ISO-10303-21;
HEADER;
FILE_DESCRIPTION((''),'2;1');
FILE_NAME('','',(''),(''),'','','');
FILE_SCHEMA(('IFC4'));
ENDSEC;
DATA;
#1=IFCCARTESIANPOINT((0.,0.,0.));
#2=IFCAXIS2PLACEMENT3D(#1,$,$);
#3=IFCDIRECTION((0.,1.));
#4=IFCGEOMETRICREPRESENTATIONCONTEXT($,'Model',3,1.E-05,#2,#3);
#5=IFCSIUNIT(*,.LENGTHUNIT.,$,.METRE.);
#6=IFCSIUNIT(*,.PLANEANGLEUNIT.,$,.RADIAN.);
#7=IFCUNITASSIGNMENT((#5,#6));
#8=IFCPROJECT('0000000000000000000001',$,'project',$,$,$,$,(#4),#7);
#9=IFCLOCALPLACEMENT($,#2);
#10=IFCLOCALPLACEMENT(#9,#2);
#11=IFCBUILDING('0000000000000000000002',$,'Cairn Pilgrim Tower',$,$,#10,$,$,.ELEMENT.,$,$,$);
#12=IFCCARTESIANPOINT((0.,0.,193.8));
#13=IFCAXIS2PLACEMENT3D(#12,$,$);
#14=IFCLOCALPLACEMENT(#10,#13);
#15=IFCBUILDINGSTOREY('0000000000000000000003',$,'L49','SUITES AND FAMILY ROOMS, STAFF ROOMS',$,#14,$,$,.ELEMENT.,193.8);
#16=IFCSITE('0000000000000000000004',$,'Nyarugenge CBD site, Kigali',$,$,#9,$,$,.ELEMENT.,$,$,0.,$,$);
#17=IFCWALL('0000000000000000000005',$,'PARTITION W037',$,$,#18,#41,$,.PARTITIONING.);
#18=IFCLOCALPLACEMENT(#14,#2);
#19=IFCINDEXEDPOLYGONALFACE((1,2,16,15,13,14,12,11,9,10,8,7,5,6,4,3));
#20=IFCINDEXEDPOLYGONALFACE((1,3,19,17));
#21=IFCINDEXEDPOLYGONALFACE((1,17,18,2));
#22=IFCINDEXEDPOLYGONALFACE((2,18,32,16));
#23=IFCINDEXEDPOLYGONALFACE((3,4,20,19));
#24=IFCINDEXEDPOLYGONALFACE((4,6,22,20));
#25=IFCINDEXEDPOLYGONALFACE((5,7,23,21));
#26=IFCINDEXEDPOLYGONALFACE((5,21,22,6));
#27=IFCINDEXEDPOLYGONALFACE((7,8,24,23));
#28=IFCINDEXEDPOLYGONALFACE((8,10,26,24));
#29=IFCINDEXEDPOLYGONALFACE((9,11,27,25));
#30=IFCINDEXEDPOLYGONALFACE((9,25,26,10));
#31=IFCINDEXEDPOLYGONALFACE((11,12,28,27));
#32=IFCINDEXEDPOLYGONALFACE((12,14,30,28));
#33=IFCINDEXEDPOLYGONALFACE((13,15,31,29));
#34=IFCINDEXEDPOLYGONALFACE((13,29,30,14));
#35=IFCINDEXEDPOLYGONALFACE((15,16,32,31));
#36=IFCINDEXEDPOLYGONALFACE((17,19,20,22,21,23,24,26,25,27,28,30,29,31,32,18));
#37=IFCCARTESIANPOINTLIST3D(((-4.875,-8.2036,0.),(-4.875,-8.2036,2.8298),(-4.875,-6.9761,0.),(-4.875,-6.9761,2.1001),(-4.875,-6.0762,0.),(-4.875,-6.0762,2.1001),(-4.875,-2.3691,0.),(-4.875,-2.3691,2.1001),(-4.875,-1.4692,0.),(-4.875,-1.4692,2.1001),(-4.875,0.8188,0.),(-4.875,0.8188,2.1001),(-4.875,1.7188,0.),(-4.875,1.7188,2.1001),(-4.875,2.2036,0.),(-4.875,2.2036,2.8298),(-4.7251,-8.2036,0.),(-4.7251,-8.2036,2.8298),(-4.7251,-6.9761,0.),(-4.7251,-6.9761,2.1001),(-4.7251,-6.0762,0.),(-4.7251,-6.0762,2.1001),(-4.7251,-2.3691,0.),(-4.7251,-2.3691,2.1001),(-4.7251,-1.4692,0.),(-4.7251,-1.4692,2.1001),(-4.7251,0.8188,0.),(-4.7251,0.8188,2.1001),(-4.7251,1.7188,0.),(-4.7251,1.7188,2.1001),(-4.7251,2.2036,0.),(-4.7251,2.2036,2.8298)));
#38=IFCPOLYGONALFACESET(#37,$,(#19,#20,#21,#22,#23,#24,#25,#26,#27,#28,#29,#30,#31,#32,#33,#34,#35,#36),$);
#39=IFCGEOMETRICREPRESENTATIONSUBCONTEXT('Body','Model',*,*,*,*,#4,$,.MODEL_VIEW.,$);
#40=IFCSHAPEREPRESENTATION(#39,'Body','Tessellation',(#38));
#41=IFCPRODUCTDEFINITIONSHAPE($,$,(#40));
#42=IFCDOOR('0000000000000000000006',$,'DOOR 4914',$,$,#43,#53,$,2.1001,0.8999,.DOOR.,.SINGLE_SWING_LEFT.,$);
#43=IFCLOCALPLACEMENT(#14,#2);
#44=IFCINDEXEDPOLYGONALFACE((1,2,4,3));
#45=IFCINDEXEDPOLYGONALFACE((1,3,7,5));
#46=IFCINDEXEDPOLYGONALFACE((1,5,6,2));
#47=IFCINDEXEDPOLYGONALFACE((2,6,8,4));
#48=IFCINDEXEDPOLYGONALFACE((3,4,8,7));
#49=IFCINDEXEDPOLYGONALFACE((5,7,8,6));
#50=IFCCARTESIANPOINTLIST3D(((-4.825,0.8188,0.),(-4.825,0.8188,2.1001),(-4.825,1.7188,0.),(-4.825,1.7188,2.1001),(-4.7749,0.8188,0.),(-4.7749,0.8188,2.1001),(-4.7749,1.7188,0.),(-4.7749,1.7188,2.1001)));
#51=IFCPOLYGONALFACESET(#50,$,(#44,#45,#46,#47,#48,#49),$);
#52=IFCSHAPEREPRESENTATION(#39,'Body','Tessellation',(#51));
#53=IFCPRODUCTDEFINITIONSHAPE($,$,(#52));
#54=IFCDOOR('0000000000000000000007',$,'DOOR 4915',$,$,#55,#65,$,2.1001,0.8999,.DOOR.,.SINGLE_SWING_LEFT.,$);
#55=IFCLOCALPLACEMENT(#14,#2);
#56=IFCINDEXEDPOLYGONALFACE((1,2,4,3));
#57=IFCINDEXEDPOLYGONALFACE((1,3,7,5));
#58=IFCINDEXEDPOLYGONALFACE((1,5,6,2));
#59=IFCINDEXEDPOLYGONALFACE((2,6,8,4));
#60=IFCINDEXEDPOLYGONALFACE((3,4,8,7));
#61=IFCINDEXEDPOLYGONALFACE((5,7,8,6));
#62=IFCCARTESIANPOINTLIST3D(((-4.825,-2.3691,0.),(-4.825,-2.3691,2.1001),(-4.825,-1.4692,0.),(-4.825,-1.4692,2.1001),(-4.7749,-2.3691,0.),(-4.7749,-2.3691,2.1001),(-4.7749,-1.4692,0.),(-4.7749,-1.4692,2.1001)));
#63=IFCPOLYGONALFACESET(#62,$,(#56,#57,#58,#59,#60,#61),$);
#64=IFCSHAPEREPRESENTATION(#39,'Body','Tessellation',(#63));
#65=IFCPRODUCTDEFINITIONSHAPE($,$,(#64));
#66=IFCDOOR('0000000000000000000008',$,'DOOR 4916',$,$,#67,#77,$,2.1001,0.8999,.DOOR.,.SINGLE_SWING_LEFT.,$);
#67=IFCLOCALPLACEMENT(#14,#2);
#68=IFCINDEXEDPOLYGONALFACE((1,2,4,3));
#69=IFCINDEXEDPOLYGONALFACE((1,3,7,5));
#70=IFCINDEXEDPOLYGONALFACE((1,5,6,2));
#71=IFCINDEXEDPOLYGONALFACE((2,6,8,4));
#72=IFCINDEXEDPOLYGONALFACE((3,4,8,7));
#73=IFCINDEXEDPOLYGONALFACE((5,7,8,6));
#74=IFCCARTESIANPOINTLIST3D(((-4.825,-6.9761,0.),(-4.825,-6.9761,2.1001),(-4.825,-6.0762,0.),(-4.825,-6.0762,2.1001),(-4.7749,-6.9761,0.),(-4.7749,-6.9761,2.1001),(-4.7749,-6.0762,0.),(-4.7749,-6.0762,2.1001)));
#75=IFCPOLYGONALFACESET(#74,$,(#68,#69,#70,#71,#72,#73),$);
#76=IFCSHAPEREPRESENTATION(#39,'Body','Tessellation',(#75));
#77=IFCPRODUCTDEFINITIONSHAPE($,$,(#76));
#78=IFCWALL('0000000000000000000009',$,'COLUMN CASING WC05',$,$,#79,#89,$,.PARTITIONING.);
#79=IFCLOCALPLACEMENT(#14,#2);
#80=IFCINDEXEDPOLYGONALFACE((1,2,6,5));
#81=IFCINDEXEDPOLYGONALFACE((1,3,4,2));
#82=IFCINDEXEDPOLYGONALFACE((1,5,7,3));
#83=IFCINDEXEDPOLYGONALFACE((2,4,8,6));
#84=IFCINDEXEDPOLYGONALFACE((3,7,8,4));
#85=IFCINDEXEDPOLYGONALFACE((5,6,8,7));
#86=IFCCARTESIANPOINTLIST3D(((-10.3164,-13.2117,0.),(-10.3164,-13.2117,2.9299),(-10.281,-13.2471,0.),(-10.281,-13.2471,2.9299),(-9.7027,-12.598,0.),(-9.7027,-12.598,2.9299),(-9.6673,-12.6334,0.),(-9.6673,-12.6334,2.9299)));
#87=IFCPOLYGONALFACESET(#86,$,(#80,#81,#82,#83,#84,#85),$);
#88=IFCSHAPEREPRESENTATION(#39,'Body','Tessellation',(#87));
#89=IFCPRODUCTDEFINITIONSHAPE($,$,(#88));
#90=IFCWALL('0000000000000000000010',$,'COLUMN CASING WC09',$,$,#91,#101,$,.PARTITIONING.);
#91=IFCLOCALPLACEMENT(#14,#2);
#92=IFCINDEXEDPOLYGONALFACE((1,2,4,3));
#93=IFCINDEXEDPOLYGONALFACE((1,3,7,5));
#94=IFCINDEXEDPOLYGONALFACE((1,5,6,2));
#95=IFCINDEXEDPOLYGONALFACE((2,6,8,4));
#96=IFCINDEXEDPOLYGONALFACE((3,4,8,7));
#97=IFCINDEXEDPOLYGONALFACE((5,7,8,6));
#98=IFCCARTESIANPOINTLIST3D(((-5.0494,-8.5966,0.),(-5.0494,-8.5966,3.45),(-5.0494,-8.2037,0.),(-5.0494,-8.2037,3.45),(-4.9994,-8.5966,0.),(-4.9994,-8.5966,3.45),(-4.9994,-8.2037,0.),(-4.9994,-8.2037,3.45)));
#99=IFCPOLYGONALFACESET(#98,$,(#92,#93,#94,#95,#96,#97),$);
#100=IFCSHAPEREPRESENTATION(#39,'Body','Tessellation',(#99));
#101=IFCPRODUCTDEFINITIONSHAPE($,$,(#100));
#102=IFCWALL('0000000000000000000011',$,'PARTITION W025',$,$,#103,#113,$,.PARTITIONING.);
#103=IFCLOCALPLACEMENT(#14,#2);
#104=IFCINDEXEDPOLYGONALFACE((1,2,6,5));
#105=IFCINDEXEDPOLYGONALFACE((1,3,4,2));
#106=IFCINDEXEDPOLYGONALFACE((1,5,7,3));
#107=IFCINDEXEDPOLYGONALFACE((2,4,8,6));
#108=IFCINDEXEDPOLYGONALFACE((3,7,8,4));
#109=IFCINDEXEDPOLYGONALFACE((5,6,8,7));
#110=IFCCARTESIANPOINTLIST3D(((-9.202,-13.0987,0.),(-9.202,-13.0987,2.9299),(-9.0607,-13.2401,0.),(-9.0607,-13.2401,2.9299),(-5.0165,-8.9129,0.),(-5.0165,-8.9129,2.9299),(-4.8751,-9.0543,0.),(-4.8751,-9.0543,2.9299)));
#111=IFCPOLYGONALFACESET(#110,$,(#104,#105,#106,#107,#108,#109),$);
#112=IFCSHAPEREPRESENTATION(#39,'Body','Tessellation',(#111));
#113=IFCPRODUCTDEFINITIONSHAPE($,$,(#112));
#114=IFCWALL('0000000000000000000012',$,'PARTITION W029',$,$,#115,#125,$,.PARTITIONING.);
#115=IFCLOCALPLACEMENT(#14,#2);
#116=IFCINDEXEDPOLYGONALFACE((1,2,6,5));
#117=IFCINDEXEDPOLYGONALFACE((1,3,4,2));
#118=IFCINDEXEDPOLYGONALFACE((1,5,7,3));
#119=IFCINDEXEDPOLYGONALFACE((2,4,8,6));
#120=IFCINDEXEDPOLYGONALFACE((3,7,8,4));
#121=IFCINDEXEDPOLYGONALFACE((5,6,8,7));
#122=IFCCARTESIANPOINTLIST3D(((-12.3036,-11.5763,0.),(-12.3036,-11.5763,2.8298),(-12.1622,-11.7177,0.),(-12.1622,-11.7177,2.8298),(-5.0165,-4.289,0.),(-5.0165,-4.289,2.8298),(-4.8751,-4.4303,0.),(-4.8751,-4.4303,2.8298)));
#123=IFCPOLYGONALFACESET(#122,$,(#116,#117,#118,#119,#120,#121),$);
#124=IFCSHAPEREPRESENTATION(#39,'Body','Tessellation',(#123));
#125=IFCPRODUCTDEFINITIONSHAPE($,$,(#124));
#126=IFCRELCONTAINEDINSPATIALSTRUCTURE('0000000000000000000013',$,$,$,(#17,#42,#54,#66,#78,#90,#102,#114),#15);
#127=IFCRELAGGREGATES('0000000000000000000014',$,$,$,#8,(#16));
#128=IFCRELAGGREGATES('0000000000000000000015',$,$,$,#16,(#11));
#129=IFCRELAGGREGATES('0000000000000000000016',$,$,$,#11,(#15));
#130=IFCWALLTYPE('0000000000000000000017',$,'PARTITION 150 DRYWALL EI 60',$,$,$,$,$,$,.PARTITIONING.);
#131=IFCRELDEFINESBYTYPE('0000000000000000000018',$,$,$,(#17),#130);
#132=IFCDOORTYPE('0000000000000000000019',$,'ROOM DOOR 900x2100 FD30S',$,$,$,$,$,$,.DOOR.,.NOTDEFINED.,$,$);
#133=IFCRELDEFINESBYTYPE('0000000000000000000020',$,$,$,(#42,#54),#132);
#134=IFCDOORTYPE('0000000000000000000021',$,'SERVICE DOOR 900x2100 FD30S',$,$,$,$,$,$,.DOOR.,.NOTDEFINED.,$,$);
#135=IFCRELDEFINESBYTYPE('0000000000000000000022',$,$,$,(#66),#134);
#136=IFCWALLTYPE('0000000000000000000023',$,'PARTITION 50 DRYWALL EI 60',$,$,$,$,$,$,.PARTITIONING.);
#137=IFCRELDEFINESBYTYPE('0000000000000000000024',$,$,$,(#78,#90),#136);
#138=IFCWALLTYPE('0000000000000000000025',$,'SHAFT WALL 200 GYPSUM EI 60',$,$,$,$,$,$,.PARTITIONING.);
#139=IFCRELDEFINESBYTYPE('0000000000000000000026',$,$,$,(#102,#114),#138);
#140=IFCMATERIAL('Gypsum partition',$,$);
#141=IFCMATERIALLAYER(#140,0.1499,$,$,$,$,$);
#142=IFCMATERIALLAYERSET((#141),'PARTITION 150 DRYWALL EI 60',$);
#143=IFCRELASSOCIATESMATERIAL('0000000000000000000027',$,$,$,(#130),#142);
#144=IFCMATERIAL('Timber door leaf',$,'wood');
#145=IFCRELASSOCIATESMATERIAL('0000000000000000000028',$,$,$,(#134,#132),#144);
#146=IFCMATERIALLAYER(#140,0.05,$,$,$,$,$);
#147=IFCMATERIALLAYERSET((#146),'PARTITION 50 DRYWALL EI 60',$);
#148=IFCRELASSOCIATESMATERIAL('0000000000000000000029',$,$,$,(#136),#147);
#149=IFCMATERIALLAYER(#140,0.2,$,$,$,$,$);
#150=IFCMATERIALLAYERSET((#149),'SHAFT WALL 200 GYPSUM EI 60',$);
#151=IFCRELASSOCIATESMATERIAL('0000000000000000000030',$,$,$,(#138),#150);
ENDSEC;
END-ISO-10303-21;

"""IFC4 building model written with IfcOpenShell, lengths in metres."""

from ifc_helpers import new_model, si_unit, direction, frame, frame_2d, origin, place, context, subcontext, project, spatial, rectangle, extrude, material, layer, layer_set, type_object, element, fill, save


model = new_model("IFC4")

# Units and contexts
model_context = context("Model", 3, precision=1e-05, world=origin(), true_north=direction((0.0, 1.0)))
body_context = subcontext(model_context, "Body", "Model", "MODEL_VIEW")
ifc_project = project(units=[si_unit("LENGTHUNIT", "METRE"), si_unit("PLANEANGLEUNIT", "RADIAN")], contexts=[model_context])

# Site, building, storey
site_placement = place(None, origin())
site = spatial("IfcSite", under=ifc_project, at=site_placement, Name="Nyarugenge CBD site, Kigali", CompositionType="ELEMENT", RefElevation=0.0)
building_placement = place(site_placement, origin())
building = spatial("IfcBuilding", under=site, at=building_placement, Name="Cairn Pilgrim Tower", CompositionType="ELEMENT")
storey_placement = place(building_placement, frame((0.0, 0.0, 193.8)))
storey = spatial("IfcBuildingStorey", under=building, at=storey_placement, Name="L49", Description="SUITES AND FAMILY ROOMS, STAFF ROOMS", CompositionType="ELEMENT", Elevation=193.8)

# Shared definitions
ifc_material_1 = material(Name="Gypsum partition")
ifc_material_2 = material(Name="Timber door leaf", Category="wood")

# Shared definitions
ifc_layer_1 = layer(ifc_material_1, 0.1499)
ifc_layer_set_1 = layer_set([ifc_layer_1], Name="PARTITION 150 DRYWALL EI 60")
wall_type_1 = type_object("IfcWallType", Name="PARTITION 150 DRYWALL EI 60", PredefinedType="PARTITIONING", material=ifc_layer_set_1)
door_type_1 = type_object("IfcDoorType", Name="SERVICE DOOR 900x2100 FD30S", OperationType="NOTDEFINED", PredefinedType="DOOR", material=ifc_material_2)

# Wall, openings, doors
wall_1_placement = place(storey_placement, frame((-4.8, -8.2036, 0.0), z_axis=(0.0, 0.0, 1.0), x_axis=(0.0, 1.0, 0.0)))
wall_1 = element("IfcWall", 1, at=wall_1_placement, inside=storey, type_object=wall_type_1, Name="PARTITION W037", PredefinedType="PARTITIONING", context=body_context, shape_type="SweptSolid", body=[
    extrude(rectangle(XDim=10.4072, YDim=0.1499, at=frame_2d((5.2036, 0.0))), origin(), (0.0, 0.0, 1.0), 2.8298),
])
opening_1_placement = place(wall_1_placement, frame((9.0225, 0.0, 0.0)))
opening_1 = element("IfcOpeningElement", 2, at=opening_1_placement, cuts=wall_1, PredefinedType="OPENING", context=body_context, shape_type="SweptSolid", body=[
    extrude(rectangle(XDim=0.8999, YDim=2.1001, at=frame_2d((0.45, 1.05))), frame((0.0, 0.085, 0.0), z_axis=(0.0, -1.0, 0.0), x_axis=(1.0, 0.0, 0.0)), (0.0, 0.0, 1.0), 0.1699),
])
opening_2_placement = place(wall_1_placement, frame((5.8345, 0.0, 0.0)))
opening_2 = element("IfcOpeningElement", 3, at=opening_2_placement, cuts=wall_1, PredefinedType="OPENING", context=body_context, shape_type="SweptSolid", body=[
    extrude(rectangle(XDim=0.8999, YDim=2.1001, at=frame_2d((0.45, 1.05))), frame((0.0, 0.085, 0.0), z_axis=(0.0, -1.0, 0.0), x_axis=(1.0, 0.0, 0.0)), (0.0, 0.0, 1.0), 0.1699),
])
opening_3_placement = place(wall_1_placement, frame((1.2275, 0.0, 0.0)))
opening_3 = element("IfcOpeningElement", 4, at=opening_3_placement, cuts=wall_1, PredefinedType="OPENING", context=body_context, shape_type="SweptSolid", body=[
    extrude(rectangle(XDim=0.8999, YDim=2.1001, at=frame_2d((0.45, 1.05))), frame((0.0, 0.085, 0.0), z_axis=(0.0, -1.0, 0.0), x_axis=(1.0, 0.0, 0.0)), (0.0, 0.0, 1.0), 0.1699),
])
door_type_2 = type_object("IfcDoorType", Name="ROOM DOOR 900x2100 FD30S", OperationType="NOTDEFINED", PredefinedType="DOOR", material=ifc_material_2)
door_1_placement = place(opening_1_placement, origin())
door_1 = element("IfcDoor", 5, at=door_1_placement, inside=storey, type_object=door_type_2, Name="DOOR 4914", OperationType="SINGLE_SWING_LEFT", OverallHeight=2.1001, OverallWidth=0.8999, PredefinedType="DOOR", context=body_context, shape_type="SweptSolid", body=[
    extrude(rectangle(XDim=0.8999, YDim=2.1001, at=frame_2d((0.45, 1.05))), frame((0.0, 0.0249, 0.0), z_axis=(0.0, -1.0, 0.0), x_axis=(1.0, 0.0, 0.0)), (0.0, 0.0, 1.0), 0.05),
])
fill(opening_1, door_1)
door_2_placement = place(opening_2_placement, origin())
door_2 = element("IfcDoor", 6, at=door_2_placement, inside=storey, type_object=door_type_2, Name="DOOR 4915", OperationType="SINGLE_SWING_LEFT", OverallHeight=2.1001, OverallWidth=0.8999, PredefinedType="DOOR", context=body_context, shape_type="SweptSolid", body=[
    extrude(rectangle(XDim=0.8999, YDim=2.1001, at=frame_2d((0.45, 1.05))), frame((0.0, 0.0249, 0.0), z_axis=(0.0, -1.0, 0.0), x_axis=(1.0, 0.0, 0.0)), (0.0, 0.0, 1.0), 0.05),
])
fill(opening_2, door_2)
door_3_placement = place(opening_3_placement, origin())
door_3 = element("IfcDoor", 7, at=door_3_placement, inside=storey, type_object=door_type_1, Name="DOOR 4916", OperationType="SINGLE_SWING_LEFT", OverallHeight=2.1001, OverallWidth=0.8999, PredefinedType="DOOR", context=body_context, shape_type="SweptSolid", body=[
    extrude(rectangle(XDim=0.8999, YDim=2.1001, at=frame_2d((0.45, 1.05))), frame((0.0, 0.0249, 0.0), z_axis=(0.0, -1.0, 0.0), x_axis=(1.0, 0.0, 0.0)), (0.0, 0.0, 1.0), 0.05),
])
fill(opening_3, door_3)

# Walls
ifc_layer_2 = layer(ifc_material_1, 0.05)
ifc_layer_set_2 = layer_set([ifc_layer_2], Name="PARTITION 50 DRYWALL EI 60")
wall_type_2 = type_object("IfcWallType", Name="PARTITION 50 DRYWALL EI 60", PredefinedType="PARTITIONING", material=ifc_layer_set_2)
wall_2_placement = place(storey_placement, frame((-10.2988, -13.2295, 0.0), z_axis=(0.0, 0.0, 1.0), x_axis=(0.707107, 0.707107, 0.0)))
element("IfcWall", 8, at=wall_2_placement, inside=storey, type_object=wall_type_2, Name="COLUMN CASING WC05", PredefinedType="PARTITIONING", context=body_context, shape_type="SweptSolid", body=[
    extrude(rectangle(XDim=0.8679, YDim=0.05, at=frame_2d((0.4341, 0.0))), origin(), (0.0, 0.0, 1.0), 2.9299),
])
wall_3_placement = place(storey_placement, frame((-5.0244, -8.5964, 0.0), z_axis=(0.0, 0.0, 1.0), x_axis=(0.0, 1.0, 0.0)))
element("IfcWall", 9, at=wall_3_placement, inside=storey, type_object=wall_type_2, Name="COLUMN CASING WC09", PredefinedType="PARTITIONING", context=body_context, shape_type="SweptSolid", body=[
    extrude(rectangle(XDim=0.3928, YDim=0.05, at=frame_2d((0.1963, 0.0))), origin(), (0.0, 0.0, 1.0), 3.45),
])
ifc_layer_3 = layer(ifc_material_1, 0.2)
ifc_layer_set_3 = layer_set([ifc_layer_3], Name="SHAFT WALL 200 GYPSUM EI 60")
wall_type_3 = type_object("IfcWallType", Name="SHAFT WALL 200 GYPSUM EI 60", PredefinedType="PARTITIONING", material=ifc_layer_set_3)
wall_4_placement = place(storey_placement, frame((-9.1313, -13.1694, 0.0), z_axis=(0.0, 0.0, 1.0), x_axis=(0.707086, 0.707127, 0.0)))
element("IfcWall", 10, at=wall_4_placement, inside=storey, type_object=wall_type_3, Name="PARTITION W025", PredefinedType="PARTITIONING", context=body_context, shape_type="SweptSolid", body=[
    extrude(rectangle(XDim=5.9194, YDim=0.2, at=frame_2d((2.9597, 0.0))), origin(), (0.0, 0.0, 1.0), 2.9299),
])
wall_5_placement = place(storey_placement, frame((-12.2329, -11.647, 0.0), z_axis=(0.0, 0.0, 1.0), x_axis=(0.707095, 0.707119, 0.0)))
element("IfcWall", 11, at=wall_5_placement, inside=storey, type_object=wall_type_3, Name="PARTITION W029", PredefinedType="PARTITIONING", context=body_context, shape_type="SweptSolid", body=[
    extrude(rectangle(XDim=10.3057, YDim=0.2, at=frame_2d((5.1528, 0.0))), origin(), (0.0, 0.0, 1.0), 2.8298),
])

save(model, "model.ifc")
